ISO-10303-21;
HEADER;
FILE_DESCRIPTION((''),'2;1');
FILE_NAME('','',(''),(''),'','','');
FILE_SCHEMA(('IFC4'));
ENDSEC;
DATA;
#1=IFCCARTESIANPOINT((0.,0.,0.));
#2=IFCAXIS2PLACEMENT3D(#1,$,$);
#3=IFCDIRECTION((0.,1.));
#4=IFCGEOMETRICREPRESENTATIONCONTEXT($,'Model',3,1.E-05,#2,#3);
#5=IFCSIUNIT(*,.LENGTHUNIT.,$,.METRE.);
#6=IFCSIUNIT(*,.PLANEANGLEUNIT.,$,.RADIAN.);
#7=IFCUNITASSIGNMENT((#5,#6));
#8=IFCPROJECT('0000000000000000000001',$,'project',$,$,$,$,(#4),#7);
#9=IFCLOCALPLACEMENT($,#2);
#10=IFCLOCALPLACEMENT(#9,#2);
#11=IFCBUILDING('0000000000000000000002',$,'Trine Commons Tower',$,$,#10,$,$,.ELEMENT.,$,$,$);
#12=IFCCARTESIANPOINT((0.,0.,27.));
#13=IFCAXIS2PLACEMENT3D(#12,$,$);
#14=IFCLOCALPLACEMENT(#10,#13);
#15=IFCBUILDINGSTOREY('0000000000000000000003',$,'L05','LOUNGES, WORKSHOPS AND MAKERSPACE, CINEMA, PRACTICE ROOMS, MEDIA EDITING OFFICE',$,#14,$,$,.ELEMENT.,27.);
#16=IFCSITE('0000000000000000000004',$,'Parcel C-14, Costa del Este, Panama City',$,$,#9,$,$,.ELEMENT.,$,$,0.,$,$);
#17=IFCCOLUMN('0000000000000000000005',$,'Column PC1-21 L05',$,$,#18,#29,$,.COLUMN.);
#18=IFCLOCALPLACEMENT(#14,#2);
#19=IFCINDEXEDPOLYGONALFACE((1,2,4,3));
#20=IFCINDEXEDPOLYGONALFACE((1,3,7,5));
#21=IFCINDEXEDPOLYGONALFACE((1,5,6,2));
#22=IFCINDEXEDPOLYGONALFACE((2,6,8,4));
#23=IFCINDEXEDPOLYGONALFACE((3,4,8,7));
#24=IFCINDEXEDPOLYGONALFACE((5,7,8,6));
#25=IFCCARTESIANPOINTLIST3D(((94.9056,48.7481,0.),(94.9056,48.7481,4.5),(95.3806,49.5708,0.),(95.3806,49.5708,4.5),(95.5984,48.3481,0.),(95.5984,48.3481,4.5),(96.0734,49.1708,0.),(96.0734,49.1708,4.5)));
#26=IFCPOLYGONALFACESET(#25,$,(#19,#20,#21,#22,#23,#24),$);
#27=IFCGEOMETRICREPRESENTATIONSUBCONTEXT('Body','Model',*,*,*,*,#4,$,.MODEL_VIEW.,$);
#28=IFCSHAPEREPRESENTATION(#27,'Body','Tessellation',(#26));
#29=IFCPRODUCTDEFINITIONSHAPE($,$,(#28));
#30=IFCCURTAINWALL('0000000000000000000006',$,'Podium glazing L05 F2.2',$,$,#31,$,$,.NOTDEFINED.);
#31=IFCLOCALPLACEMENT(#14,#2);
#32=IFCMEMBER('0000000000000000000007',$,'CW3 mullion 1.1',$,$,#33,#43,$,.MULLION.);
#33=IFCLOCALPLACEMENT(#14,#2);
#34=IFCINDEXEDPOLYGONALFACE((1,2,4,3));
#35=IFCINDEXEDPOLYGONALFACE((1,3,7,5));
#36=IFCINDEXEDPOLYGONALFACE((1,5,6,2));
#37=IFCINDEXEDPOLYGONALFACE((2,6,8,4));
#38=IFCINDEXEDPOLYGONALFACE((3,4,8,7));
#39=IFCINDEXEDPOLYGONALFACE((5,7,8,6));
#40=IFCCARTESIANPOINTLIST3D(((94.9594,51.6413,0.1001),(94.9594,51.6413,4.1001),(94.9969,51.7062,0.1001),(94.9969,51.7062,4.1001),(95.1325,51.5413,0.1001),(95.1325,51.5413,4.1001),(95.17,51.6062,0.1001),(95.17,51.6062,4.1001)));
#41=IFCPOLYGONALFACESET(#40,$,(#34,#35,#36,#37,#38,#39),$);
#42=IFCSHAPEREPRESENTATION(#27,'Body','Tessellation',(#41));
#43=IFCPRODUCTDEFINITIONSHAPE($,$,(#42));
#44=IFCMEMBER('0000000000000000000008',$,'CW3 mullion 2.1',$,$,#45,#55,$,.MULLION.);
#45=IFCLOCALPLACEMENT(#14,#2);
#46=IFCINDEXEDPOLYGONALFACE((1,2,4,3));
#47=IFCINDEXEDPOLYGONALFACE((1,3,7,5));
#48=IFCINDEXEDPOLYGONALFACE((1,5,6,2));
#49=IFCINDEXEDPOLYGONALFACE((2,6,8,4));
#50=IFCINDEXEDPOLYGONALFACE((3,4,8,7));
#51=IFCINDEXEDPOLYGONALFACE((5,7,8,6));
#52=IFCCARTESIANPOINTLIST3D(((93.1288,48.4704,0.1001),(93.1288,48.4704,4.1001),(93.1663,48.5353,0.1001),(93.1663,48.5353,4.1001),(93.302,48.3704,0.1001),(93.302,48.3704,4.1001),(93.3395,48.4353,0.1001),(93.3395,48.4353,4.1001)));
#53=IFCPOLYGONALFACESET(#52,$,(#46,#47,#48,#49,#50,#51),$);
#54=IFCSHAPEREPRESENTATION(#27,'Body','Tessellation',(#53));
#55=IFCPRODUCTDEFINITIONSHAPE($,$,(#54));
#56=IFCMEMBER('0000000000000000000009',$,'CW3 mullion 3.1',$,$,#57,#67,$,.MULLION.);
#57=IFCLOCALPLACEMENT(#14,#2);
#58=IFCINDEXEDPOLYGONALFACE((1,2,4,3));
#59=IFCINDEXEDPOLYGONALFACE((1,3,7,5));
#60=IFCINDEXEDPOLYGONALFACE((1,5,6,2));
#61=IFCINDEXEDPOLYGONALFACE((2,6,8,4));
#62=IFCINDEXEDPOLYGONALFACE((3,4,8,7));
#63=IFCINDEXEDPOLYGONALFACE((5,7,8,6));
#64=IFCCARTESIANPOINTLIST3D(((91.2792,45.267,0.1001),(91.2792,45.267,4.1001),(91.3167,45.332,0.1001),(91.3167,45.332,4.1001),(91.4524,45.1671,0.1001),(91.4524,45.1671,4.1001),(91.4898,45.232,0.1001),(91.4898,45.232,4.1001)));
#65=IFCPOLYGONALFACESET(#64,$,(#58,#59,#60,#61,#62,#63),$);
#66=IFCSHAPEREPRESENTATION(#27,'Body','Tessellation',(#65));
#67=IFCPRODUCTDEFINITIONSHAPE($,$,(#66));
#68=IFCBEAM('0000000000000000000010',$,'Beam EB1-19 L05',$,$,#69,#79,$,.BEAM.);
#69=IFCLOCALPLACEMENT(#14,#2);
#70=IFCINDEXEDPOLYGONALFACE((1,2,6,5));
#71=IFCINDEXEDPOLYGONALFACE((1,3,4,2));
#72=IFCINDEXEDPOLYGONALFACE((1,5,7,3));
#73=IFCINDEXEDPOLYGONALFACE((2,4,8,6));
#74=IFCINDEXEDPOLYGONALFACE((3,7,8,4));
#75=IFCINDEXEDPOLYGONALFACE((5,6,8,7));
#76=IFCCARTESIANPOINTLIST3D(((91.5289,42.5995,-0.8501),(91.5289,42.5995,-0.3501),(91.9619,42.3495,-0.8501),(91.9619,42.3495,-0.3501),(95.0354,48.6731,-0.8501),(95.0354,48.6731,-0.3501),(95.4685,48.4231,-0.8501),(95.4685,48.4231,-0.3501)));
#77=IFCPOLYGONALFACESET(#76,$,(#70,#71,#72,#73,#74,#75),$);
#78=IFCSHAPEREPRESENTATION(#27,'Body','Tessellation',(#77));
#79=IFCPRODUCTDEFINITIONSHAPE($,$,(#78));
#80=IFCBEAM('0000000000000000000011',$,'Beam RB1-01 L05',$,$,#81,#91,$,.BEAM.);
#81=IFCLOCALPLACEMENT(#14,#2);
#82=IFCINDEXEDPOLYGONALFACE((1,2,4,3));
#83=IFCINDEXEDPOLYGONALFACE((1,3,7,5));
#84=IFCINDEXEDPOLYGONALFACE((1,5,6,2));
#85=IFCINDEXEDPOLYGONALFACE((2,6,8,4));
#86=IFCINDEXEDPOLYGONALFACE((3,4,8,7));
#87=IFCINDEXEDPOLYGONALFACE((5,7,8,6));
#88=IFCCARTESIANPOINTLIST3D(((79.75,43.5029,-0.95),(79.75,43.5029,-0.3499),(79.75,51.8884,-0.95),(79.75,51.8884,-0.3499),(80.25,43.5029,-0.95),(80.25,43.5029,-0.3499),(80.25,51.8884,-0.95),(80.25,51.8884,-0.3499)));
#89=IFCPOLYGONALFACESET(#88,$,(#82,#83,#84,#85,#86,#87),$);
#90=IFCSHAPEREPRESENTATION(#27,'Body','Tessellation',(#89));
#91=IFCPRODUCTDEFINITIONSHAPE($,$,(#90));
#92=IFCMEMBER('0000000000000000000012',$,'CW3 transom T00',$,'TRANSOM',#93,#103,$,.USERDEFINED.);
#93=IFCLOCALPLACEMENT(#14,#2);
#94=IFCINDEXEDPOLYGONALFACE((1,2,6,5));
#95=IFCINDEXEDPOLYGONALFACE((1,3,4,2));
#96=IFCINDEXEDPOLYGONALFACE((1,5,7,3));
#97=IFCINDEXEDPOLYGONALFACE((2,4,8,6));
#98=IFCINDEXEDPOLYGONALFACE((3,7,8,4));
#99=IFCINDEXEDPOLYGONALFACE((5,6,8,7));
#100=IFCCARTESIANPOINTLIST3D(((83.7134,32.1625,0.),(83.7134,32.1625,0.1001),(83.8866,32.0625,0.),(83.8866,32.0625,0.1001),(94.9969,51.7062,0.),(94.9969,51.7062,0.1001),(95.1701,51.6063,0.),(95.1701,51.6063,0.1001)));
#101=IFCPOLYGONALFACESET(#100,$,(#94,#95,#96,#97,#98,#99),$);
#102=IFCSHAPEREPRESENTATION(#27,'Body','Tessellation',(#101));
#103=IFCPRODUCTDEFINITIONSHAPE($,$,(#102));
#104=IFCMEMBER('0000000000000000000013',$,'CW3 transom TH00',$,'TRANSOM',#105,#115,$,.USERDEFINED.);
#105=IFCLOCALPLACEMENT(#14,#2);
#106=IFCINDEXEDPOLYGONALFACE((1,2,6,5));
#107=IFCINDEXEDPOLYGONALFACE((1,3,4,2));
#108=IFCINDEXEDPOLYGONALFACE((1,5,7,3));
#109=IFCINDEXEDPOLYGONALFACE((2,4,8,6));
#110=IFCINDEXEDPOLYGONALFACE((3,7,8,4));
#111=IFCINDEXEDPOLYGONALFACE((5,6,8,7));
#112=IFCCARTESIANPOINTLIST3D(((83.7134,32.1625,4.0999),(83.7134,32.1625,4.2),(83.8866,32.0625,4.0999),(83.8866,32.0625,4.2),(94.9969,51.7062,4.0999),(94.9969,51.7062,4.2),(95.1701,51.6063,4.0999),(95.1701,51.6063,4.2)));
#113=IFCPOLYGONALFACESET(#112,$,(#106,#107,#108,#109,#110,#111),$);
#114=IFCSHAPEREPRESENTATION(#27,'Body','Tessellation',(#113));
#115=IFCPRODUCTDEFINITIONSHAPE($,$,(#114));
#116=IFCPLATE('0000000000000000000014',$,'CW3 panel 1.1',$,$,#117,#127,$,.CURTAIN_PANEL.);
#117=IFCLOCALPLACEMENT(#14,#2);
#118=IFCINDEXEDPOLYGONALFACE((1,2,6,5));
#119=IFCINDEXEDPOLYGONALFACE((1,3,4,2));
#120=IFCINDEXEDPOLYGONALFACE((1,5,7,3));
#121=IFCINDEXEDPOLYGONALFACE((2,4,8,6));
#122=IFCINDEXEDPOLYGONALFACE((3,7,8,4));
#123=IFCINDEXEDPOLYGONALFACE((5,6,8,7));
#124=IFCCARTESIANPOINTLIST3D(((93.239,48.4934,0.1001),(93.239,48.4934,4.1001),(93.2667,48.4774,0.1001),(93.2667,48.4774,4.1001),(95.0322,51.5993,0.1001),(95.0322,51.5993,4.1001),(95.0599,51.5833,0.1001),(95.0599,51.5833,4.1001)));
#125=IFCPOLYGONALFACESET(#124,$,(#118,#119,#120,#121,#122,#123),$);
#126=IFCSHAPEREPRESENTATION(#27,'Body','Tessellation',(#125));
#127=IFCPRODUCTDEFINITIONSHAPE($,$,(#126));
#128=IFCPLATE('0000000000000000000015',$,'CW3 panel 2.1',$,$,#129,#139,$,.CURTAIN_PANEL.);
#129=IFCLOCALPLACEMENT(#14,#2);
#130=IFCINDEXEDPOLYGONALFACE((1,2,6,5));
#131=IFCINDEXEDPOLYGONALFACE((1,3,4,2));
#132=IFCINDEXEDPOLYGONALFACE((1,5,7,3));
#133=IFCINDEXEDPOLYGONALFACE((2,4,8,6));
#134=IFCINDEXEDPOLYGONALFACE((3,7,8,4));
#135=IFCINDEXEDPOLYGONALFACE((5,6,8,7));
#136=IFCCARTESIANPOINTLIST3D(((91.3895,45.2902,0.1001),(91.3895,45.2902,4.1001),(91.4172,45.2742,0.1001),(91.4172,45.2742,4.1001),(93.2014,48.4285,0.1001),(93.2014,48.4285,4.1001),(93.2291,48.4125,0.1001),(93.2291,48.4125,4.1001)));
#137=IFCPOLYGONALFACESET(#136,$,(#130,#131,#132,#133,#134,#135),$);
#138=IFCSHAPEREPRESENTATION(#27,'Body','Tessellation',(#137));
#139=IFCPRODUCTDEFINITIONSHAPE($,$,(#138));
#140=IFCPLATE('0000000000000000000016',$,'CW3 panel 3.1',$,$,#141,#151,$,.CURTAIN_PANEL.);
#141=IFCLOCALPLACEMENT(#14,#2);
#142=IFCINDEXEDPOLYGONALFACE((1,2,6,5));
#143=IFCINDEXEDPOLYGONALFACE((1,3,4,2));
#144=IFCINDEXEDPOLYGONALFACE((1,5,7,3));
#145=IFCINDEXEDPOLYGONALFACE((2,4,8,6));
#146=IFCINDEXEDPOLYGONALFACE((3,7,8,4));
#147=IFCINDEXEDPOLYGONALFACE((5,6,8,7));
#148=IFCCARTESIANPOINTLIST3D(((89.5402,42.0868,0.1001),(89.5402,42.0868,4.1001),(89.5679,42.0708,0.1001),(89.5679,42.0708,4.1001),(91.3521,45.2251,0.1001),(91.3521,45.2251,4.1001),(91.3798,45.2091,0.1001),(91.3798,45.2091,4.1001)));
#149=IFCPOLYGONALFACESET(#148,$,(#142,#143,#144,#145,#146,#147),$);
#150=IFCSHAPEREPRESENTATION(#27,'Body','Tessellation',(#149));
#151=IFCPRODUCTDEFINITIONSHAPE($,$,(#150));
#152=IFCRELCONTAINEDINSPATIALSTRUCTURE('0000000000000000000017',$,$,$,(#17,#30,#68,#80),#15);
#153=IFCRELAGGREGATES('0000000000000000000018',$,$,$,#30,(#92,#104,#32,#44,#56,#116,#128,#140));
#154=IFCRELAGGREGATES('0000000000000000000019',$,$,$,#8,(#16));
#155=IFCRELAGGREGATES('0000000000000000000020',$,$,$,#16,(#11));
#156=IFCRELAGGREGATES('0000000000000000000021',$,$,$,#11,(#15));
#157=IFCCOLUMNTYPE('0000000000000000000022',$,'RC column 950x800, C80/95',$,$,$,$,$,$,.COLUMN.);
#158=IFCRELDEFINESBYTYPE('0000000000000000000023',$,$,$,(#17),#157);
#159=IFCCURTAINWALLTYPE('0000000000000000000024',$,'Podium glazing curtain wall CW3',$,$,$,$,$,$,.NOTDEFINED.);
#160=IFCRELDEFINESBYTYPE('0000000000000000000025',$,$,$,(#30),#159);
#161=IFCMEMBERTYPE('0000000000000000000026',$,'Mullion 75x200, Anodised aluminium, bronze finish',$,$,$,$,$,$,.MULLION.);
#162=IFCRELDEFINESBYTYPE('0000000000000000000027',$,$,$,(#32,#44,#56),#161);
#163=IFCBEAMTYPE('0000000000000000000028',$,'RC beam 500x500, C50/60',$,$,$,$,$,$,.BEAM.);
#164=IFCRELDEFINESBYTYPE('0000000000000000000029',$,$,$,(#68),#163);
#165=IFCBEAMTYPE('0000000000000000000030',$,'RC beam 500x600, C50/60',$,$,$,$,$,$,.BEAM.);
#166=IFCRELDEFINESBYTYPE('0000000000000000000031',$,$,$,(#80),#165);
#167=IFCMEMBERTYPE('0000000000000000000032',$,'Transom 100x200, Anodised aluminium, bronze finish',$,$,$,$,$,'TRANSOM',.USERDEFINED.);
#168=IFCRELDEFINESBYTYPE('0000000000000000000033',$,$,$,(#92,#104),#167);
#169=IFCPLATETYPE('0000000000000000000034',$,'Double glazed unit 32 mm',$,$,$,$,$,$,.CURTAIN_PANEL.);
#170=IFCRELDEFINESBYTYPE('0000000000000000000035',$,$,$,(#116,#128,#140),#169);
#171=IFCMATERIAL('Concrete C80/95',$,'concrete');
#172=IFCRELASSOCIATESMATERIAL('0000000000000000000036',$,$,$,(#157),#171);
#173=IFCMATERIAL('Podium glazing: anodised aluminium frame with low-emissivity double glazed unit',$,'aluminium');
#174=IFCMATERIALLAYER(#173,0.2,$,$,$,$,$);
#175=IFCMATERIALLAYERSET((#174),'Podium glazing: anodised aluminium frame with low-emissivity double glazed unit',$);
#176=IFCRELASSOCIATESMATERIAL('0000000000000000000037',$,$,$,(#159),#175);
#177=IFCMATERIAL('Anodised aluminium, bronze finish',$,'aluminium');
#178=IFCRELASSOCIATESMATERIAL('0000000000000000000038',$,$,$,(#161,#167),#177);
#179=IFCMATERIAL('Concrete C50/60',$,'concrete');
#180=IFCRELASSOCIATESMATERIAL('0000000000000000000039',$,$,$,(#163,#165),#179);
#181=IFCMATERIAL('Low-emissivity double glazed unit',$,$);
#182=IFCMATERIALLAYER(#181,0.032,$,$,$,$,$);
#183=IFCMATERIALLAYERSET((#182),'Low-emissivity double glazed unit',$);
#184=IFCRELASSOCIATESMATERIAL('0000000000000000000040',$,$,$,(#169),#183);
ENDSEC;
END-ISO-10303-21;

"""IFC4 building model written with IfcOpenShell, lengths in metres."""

from ifc_helpers import new_model, si_unit, direction, frame, origin, origin_2d, place, context, subcontext, project, spatial, rectangle, extrude, material, layer, layer_set, material_profile, profile_set, type_object, element, aggregate, save


model = new_model("IFC4")

# Units and contexts
model_context = context("Model", 3, precision=1e-05, world=origin(), true_north=direction((0.0, 1.0)))
body_context = subcontext(model_context, "Body", "Model", "MODEL_VIEW")
ifc_project = project(units=[si_unit("LENGTHUNIT", "METRE"), si_unit("PLANEANGLEUNIT", "RADIAN")], contexts=[model_context])

# Site, building, storey
site_placement = place(None, origin())
site = spatial("IfcSite", under=ifc_project, at=site_placement, Name="Parcel C-14, Costa del Este, Panama City", CompositionType="ELEMENT", RefElevation=0.0)
building_placement = place(site_placement, origin())
building = spatial("IfcBuilding", under=site, at=building_placement, Name="Trine Commons Tower", CompositionType="ELEMENT")
storey_placement = place(building_placement, frame((0.0, 0.0, 27.0)))
storey = spatial("IfcBuildingStorey", under=building, at=storey_placement, Name="L05", Description="LOUNGES, WORKSHOPS AND MAKERSPACE, CINEMA, PRACTICE ROOMS, MEDIA EDITING OFFICE", CompositionType="ELEMENT", Elevation=27.0)

# Column
ifc_material_1 = material(Name="Concrete C80/95", Category="concrete")
ifc_material_profile_1 = material_profile(ifc_material_1, rectangle(XDim=0.95, YDim=0.8, at=origin_2d()), Name="RC 950x800")
ifc_profile_set_1 = profile_set([ifc_material_profile_1], Name="Concrete C80/95")
column_type = type_object("IfcColumnType", Name="RC column 950x800, C80/95", PredefinedType="COLUMN", material=ifc_profile_set_1)
column_placement = place(storey_placement, frame((95.4895, 48.9595, 0.0), z_axis=(0.0, 0.0, 1.0), x_axis=(0.5, 0.866025, 0.0)))
element("IfcColumn", 1, at=column_placement, inside=storey, type_object=column_type, Name="Column PC1-21 L05", PredefinedType="COLUMN", context=body_context, shape_type="SweptSolid", body=[
    extrude(rectangle(XDim=0.95, YDim=0.8, at=origin_2d()), origin(), (0.0, 0.0, 1.0), 4.5),
])

# Curtain wall, members
ifc_material_2 = material(Name="Podium glazing: anodised aluminium frame with low-emissivity double glazed unit", Category="aluminium")
ifc_layer_1 = layer(ifc_material_2, 0.2)
ifc_layer_set_1 = layer_set([ifc_layer_1], Name="Podium glazing: anodised aluminium frame with low-emissivity double glazed unit")
curtain_wall_type = type_object("IfcCurtainWallType", Name="Podium glazing curtain wall CW3", PredefinedType="NOTDEFINED", material=ifc_layer_set_1)
curtain_wall_placement = place(storey_placement, origin())
curtain_wall = element("IfcCurtainWall", 2, at=curtain_wall_placement, inside=storey, type_object=curtain_wall_type, Name="Podium glazing L05 F2.2", PredefinedType="NOTDEFINED")
ifc_material_3 = material(Name="Anodised aluminium, bronze finish", Category="aluminium")
ifc_material_profile_2 = material_profile(ifc_material_3, rectangle(XDim=0.2, YDim=0.075, at=origin_2d()), Name="Mullion 75x200")
ifc_profile_set_2 = profile_set([ifc_material_profile_2], Name="Anodised aluminium, bronze finish")
member_type_1 = type_object("IfcMemberType", Name="Mullion 75x200, Anodised aluminium, bronze finish", PredefinedType="MULLION", material=ifc_profile_set_2)
member_1_placement = place(storey_placement, frame((95.0647, 51.6238, 0.1001), z_axis=(0.0, 0.0, 1.0), x_axis=(0.866025, -0.5, 0.0)))
member_1 = element("IfcMember", 3, at=member_1_placement, type_object=member_type_1, Name="CW3 mullion 1.1", PredefinedType="MULLION", context=body_context, shape_type="SweptSolid", body=[
    extrude(rectangle(XDim=0.2, YDim=0.075, at=origin_2d()), origin(), (0.0, 0.0, 1.0), 4.0),
])
member_2_placement = place(storey_placement, frame((93.2341, 48.4529, 0.1001), z_axis=(0.0, 0.0, 1.0), x_axis=(0.866025, -0.5, 0.0)))
member_2 = element("IfcMember", 4, at=member_2_placement, type_object=member_type_1, Name="CW3 mullion 2.1", PredefinedType="MULLION", context=body_context, shape_type="SweptSolid", body=[
    extrude(rectangle(XDim=0.2, YDim=0.075, at=origin_2d()), origin(), (0.0, 0.0, 1.0), 4.0),
])
member_3_placement = place(storey_placement, frame((91.3845, 45.2495, 0.1001), z_axis=(0.0, 0.0, 1.0), x_axis=(0.866025, -0.5, 0.0)))
member_3 = element("IfcMember", 5, at=member_3_placement, type_object=member_type_1, Name="CW3 mullion 3.1", PredefinedType="MULLION", context=body_context, shape_type="SweptSolid", body=[
    extrude(rectangle(XDim=0.2, YDim=0.075, at=origin_2d()), origin(), (0.0, 0.0, 1.0), 4.0),
])

# Beams
ifc_material_4 = material(Name="Concrete C50/60", Category="concrete")
ifc_material_profile_3 = material_profile(ifc_material_4, rectangle(XDim=0.5, YDim=0.5, at=origin_2d()), Name="RC 500x500")
ifc_profile_set_3 = profile_set([ifc_material_profile_3], Name="Concrete C50/60")
beam_type_1 = type_object("IfcBeamType", Name="RC beam 500x500, C50/60", PredefinedType="BEAM", material=ifc_profile_set_3)
beam_1_placement = place(storey_placement, frame((95.252, 48.5481, -0.6001), z_axis=(-0.499992, -0.86603, 0.0), x_axis=(0.86603, -0.499992, 0.0)))
element("IfcBeam", 6, at=beam_1_placement, inside=storey, type_object=beam_type_1, Name="Beam EB1-19 L05", PredefinedType="BEAM", context=body_context, shape_type="SweptSolid", body=[
    extrude(rectangle(XDim=0.5, YDim=0.5, at=origin_2d()), origin(), (0.0, 0.0, 1.0), 7.0132),
])
ifc_material_profile_4 = material_profile(ifc_material_4, rectangle(XDim=0.5, YDim=0.6001, at=origin_2d()), Name="RC 500x600")
ifc_profile_set_4 = profile_set([ifc_material_profile_4], Name="Concrete C50/60")
beam_type_2 = type_object("IfcBeamType", Name="RC beam 500x600, C50/60", PredefinedType="BEAM", material=ifc_profile_set_4)
beam_2_placement = place(storey_placement, frame((80.0, 51.8884, -0.6499), z_axis=(0.0, -1.0, 0.0), x_axis=(1.0, 0.0, 0.0)))
element("IfcBeam", 7, at=beam_2_placement, inside=storey, type_object=beam_type_2, Name="Beam RB1-01 L05", PredefinedType="BEAM", context=body_context, shape_type="SweptSolid", body=[
    extrude(rectangle(XDim=0.5, YDim=0.6001, at=origin_2d()), origin(), (0.0, 0.0, 1.0), 8.3855),
])

# Members
ifc_material_profile_5 = material_profile(ifc_material_3, rectangle(XDim=0.2, YDim=0.1001, at=origin_2d()), Name="Transom 100x200")
ifc_profile_set_5 = profile_set([ifc_material_profile_5], Name="Anodised aluminium, bronze finish")
member_type_2 = type_object("IfcMemberType", Name="Transom 100x200, Anodised aluminium, bronze finish", ElementType="TRANSOM", PredefinedType="USERDEFINED", material=ifc_profile_set_5)
member_4_placement = place(storey_placement, frame((95.0835, 51.6562, 0.05), z_axis=(-0.499996, -0.866028, 0.0), x_axis=(0.866028, -0.499996, 0.0)))
member_4 = element("IfcMember", 8, at=member_4_placement, type_object=member_type_2, Name="CW3 transom T00", ObjectType="TRANSOM", PredefinedType="USERDEFINED", context=body_context, shape_type="SweptSolid", body=[
    extrude(rectangle(XDim=0.2, YDim=0.1001, at=origin_2d()), origin(), (0.0, 0.0, 1.0), 22.5671),
])
member_5_placement = place(storey_placement, frame((95.0835, 51.6562, 4.1499), z_axis=(-0.499996, -0.866028, 0.0), x_axis=(0.866028, -0.499996, 0.0)))
member_5 = element("IfcMember", 9, at=member_5_placement, type_object=member_type_2, Name="CW3 transom TH00", ObjectType="TRANSOM", PredefinedType="USERDEFINED", context=body_context, shape_type="SweptSolid", body=[
    extrude(rectangle(XDim=0.2, YDim=0.1001, at=origin_2d()), origin(), (0.0, 0.0, 1.0), 22.5671),
])

# Plates
ifc_material_5 = material(Name="Low-emissivity double glazed unit")
ifc_layer_2 = layer(ifc_material_5, 0.032)
ifc_layer_set_2 = layer_set([ifc_layer_2], Name="Low-emissivity double glazed unit")
plate_type = type_object("IfcPlateType", Name="Double glazed unit 32 mm", PredefinedType="CURTAIN_PANEL", material=ifc_layer_set_2)
plate_1_placement = place(storey_placement, frame((94.1494, 50.0383, 0.1001), z_axis=(0.0, 0.0, 1.0), x_axis=(-0.5, -0.866025, 0.0)))
plate_1 = element("IfcPlate", 10, at=plate_1_placement, type_object=plate_type, Name="CW3 panel 1.1", PredefinedType="CURTAIN_PANEL", context=body_context, shape_type="SweptSolid", body=[
    extrude(rectangle(XDim=3.5864, YDim=0.032, at=origin_2d()), origin(), (0.0, 0.0, 1.0), 4.0),
])
plate_2_placement = place(storey_placement, frame((92.3093, 46.8513, 0.1001), z_axis=(0.0, 0.0, 1.0), x_axis=(-0.5, -0.866025, 0.0)))
plate_2 = element("IfcPlate", 11, at=plate_2_placement, type_object=plate_type, Name="CW3 panel 2.1", PredefinedType="CURTAIN_PANEL", context=body_context, shape_type="SweptSolid", body=[
    extrude(rectangle(XDim=3.6238, YDim=0.032, at=origin_2d()), origin(), (0.0, 0.0, 1.0), 4.0),
])
plate_3_placement = place(storey_placement, frame((90.46, 43.6479, 0.1001), z_axis=(0.0, 0.0, 1.0), x_axis=(-0.5, -0.866025, 0.0)))
plate_3 = element("IfcPlate", 12, at=plate_3_placement, type_object=plate_type, Name="CW3 panel 3.1", PredefinedType="CURTAIN_PANEL", context=body_context, shape_type="SweptSolid", body=[
    extrude(rectangle(XDim=3.6238, YDim=0.032, at=origin_2d()), origin(), (0.0, 0.0, 1.0), 4.0),
])
aggregate(curtain_wall, [member_4, member_5, member_1, member_2, member_3, plate_1, plate_2, plate_3])

save(model, "model.ifc")
